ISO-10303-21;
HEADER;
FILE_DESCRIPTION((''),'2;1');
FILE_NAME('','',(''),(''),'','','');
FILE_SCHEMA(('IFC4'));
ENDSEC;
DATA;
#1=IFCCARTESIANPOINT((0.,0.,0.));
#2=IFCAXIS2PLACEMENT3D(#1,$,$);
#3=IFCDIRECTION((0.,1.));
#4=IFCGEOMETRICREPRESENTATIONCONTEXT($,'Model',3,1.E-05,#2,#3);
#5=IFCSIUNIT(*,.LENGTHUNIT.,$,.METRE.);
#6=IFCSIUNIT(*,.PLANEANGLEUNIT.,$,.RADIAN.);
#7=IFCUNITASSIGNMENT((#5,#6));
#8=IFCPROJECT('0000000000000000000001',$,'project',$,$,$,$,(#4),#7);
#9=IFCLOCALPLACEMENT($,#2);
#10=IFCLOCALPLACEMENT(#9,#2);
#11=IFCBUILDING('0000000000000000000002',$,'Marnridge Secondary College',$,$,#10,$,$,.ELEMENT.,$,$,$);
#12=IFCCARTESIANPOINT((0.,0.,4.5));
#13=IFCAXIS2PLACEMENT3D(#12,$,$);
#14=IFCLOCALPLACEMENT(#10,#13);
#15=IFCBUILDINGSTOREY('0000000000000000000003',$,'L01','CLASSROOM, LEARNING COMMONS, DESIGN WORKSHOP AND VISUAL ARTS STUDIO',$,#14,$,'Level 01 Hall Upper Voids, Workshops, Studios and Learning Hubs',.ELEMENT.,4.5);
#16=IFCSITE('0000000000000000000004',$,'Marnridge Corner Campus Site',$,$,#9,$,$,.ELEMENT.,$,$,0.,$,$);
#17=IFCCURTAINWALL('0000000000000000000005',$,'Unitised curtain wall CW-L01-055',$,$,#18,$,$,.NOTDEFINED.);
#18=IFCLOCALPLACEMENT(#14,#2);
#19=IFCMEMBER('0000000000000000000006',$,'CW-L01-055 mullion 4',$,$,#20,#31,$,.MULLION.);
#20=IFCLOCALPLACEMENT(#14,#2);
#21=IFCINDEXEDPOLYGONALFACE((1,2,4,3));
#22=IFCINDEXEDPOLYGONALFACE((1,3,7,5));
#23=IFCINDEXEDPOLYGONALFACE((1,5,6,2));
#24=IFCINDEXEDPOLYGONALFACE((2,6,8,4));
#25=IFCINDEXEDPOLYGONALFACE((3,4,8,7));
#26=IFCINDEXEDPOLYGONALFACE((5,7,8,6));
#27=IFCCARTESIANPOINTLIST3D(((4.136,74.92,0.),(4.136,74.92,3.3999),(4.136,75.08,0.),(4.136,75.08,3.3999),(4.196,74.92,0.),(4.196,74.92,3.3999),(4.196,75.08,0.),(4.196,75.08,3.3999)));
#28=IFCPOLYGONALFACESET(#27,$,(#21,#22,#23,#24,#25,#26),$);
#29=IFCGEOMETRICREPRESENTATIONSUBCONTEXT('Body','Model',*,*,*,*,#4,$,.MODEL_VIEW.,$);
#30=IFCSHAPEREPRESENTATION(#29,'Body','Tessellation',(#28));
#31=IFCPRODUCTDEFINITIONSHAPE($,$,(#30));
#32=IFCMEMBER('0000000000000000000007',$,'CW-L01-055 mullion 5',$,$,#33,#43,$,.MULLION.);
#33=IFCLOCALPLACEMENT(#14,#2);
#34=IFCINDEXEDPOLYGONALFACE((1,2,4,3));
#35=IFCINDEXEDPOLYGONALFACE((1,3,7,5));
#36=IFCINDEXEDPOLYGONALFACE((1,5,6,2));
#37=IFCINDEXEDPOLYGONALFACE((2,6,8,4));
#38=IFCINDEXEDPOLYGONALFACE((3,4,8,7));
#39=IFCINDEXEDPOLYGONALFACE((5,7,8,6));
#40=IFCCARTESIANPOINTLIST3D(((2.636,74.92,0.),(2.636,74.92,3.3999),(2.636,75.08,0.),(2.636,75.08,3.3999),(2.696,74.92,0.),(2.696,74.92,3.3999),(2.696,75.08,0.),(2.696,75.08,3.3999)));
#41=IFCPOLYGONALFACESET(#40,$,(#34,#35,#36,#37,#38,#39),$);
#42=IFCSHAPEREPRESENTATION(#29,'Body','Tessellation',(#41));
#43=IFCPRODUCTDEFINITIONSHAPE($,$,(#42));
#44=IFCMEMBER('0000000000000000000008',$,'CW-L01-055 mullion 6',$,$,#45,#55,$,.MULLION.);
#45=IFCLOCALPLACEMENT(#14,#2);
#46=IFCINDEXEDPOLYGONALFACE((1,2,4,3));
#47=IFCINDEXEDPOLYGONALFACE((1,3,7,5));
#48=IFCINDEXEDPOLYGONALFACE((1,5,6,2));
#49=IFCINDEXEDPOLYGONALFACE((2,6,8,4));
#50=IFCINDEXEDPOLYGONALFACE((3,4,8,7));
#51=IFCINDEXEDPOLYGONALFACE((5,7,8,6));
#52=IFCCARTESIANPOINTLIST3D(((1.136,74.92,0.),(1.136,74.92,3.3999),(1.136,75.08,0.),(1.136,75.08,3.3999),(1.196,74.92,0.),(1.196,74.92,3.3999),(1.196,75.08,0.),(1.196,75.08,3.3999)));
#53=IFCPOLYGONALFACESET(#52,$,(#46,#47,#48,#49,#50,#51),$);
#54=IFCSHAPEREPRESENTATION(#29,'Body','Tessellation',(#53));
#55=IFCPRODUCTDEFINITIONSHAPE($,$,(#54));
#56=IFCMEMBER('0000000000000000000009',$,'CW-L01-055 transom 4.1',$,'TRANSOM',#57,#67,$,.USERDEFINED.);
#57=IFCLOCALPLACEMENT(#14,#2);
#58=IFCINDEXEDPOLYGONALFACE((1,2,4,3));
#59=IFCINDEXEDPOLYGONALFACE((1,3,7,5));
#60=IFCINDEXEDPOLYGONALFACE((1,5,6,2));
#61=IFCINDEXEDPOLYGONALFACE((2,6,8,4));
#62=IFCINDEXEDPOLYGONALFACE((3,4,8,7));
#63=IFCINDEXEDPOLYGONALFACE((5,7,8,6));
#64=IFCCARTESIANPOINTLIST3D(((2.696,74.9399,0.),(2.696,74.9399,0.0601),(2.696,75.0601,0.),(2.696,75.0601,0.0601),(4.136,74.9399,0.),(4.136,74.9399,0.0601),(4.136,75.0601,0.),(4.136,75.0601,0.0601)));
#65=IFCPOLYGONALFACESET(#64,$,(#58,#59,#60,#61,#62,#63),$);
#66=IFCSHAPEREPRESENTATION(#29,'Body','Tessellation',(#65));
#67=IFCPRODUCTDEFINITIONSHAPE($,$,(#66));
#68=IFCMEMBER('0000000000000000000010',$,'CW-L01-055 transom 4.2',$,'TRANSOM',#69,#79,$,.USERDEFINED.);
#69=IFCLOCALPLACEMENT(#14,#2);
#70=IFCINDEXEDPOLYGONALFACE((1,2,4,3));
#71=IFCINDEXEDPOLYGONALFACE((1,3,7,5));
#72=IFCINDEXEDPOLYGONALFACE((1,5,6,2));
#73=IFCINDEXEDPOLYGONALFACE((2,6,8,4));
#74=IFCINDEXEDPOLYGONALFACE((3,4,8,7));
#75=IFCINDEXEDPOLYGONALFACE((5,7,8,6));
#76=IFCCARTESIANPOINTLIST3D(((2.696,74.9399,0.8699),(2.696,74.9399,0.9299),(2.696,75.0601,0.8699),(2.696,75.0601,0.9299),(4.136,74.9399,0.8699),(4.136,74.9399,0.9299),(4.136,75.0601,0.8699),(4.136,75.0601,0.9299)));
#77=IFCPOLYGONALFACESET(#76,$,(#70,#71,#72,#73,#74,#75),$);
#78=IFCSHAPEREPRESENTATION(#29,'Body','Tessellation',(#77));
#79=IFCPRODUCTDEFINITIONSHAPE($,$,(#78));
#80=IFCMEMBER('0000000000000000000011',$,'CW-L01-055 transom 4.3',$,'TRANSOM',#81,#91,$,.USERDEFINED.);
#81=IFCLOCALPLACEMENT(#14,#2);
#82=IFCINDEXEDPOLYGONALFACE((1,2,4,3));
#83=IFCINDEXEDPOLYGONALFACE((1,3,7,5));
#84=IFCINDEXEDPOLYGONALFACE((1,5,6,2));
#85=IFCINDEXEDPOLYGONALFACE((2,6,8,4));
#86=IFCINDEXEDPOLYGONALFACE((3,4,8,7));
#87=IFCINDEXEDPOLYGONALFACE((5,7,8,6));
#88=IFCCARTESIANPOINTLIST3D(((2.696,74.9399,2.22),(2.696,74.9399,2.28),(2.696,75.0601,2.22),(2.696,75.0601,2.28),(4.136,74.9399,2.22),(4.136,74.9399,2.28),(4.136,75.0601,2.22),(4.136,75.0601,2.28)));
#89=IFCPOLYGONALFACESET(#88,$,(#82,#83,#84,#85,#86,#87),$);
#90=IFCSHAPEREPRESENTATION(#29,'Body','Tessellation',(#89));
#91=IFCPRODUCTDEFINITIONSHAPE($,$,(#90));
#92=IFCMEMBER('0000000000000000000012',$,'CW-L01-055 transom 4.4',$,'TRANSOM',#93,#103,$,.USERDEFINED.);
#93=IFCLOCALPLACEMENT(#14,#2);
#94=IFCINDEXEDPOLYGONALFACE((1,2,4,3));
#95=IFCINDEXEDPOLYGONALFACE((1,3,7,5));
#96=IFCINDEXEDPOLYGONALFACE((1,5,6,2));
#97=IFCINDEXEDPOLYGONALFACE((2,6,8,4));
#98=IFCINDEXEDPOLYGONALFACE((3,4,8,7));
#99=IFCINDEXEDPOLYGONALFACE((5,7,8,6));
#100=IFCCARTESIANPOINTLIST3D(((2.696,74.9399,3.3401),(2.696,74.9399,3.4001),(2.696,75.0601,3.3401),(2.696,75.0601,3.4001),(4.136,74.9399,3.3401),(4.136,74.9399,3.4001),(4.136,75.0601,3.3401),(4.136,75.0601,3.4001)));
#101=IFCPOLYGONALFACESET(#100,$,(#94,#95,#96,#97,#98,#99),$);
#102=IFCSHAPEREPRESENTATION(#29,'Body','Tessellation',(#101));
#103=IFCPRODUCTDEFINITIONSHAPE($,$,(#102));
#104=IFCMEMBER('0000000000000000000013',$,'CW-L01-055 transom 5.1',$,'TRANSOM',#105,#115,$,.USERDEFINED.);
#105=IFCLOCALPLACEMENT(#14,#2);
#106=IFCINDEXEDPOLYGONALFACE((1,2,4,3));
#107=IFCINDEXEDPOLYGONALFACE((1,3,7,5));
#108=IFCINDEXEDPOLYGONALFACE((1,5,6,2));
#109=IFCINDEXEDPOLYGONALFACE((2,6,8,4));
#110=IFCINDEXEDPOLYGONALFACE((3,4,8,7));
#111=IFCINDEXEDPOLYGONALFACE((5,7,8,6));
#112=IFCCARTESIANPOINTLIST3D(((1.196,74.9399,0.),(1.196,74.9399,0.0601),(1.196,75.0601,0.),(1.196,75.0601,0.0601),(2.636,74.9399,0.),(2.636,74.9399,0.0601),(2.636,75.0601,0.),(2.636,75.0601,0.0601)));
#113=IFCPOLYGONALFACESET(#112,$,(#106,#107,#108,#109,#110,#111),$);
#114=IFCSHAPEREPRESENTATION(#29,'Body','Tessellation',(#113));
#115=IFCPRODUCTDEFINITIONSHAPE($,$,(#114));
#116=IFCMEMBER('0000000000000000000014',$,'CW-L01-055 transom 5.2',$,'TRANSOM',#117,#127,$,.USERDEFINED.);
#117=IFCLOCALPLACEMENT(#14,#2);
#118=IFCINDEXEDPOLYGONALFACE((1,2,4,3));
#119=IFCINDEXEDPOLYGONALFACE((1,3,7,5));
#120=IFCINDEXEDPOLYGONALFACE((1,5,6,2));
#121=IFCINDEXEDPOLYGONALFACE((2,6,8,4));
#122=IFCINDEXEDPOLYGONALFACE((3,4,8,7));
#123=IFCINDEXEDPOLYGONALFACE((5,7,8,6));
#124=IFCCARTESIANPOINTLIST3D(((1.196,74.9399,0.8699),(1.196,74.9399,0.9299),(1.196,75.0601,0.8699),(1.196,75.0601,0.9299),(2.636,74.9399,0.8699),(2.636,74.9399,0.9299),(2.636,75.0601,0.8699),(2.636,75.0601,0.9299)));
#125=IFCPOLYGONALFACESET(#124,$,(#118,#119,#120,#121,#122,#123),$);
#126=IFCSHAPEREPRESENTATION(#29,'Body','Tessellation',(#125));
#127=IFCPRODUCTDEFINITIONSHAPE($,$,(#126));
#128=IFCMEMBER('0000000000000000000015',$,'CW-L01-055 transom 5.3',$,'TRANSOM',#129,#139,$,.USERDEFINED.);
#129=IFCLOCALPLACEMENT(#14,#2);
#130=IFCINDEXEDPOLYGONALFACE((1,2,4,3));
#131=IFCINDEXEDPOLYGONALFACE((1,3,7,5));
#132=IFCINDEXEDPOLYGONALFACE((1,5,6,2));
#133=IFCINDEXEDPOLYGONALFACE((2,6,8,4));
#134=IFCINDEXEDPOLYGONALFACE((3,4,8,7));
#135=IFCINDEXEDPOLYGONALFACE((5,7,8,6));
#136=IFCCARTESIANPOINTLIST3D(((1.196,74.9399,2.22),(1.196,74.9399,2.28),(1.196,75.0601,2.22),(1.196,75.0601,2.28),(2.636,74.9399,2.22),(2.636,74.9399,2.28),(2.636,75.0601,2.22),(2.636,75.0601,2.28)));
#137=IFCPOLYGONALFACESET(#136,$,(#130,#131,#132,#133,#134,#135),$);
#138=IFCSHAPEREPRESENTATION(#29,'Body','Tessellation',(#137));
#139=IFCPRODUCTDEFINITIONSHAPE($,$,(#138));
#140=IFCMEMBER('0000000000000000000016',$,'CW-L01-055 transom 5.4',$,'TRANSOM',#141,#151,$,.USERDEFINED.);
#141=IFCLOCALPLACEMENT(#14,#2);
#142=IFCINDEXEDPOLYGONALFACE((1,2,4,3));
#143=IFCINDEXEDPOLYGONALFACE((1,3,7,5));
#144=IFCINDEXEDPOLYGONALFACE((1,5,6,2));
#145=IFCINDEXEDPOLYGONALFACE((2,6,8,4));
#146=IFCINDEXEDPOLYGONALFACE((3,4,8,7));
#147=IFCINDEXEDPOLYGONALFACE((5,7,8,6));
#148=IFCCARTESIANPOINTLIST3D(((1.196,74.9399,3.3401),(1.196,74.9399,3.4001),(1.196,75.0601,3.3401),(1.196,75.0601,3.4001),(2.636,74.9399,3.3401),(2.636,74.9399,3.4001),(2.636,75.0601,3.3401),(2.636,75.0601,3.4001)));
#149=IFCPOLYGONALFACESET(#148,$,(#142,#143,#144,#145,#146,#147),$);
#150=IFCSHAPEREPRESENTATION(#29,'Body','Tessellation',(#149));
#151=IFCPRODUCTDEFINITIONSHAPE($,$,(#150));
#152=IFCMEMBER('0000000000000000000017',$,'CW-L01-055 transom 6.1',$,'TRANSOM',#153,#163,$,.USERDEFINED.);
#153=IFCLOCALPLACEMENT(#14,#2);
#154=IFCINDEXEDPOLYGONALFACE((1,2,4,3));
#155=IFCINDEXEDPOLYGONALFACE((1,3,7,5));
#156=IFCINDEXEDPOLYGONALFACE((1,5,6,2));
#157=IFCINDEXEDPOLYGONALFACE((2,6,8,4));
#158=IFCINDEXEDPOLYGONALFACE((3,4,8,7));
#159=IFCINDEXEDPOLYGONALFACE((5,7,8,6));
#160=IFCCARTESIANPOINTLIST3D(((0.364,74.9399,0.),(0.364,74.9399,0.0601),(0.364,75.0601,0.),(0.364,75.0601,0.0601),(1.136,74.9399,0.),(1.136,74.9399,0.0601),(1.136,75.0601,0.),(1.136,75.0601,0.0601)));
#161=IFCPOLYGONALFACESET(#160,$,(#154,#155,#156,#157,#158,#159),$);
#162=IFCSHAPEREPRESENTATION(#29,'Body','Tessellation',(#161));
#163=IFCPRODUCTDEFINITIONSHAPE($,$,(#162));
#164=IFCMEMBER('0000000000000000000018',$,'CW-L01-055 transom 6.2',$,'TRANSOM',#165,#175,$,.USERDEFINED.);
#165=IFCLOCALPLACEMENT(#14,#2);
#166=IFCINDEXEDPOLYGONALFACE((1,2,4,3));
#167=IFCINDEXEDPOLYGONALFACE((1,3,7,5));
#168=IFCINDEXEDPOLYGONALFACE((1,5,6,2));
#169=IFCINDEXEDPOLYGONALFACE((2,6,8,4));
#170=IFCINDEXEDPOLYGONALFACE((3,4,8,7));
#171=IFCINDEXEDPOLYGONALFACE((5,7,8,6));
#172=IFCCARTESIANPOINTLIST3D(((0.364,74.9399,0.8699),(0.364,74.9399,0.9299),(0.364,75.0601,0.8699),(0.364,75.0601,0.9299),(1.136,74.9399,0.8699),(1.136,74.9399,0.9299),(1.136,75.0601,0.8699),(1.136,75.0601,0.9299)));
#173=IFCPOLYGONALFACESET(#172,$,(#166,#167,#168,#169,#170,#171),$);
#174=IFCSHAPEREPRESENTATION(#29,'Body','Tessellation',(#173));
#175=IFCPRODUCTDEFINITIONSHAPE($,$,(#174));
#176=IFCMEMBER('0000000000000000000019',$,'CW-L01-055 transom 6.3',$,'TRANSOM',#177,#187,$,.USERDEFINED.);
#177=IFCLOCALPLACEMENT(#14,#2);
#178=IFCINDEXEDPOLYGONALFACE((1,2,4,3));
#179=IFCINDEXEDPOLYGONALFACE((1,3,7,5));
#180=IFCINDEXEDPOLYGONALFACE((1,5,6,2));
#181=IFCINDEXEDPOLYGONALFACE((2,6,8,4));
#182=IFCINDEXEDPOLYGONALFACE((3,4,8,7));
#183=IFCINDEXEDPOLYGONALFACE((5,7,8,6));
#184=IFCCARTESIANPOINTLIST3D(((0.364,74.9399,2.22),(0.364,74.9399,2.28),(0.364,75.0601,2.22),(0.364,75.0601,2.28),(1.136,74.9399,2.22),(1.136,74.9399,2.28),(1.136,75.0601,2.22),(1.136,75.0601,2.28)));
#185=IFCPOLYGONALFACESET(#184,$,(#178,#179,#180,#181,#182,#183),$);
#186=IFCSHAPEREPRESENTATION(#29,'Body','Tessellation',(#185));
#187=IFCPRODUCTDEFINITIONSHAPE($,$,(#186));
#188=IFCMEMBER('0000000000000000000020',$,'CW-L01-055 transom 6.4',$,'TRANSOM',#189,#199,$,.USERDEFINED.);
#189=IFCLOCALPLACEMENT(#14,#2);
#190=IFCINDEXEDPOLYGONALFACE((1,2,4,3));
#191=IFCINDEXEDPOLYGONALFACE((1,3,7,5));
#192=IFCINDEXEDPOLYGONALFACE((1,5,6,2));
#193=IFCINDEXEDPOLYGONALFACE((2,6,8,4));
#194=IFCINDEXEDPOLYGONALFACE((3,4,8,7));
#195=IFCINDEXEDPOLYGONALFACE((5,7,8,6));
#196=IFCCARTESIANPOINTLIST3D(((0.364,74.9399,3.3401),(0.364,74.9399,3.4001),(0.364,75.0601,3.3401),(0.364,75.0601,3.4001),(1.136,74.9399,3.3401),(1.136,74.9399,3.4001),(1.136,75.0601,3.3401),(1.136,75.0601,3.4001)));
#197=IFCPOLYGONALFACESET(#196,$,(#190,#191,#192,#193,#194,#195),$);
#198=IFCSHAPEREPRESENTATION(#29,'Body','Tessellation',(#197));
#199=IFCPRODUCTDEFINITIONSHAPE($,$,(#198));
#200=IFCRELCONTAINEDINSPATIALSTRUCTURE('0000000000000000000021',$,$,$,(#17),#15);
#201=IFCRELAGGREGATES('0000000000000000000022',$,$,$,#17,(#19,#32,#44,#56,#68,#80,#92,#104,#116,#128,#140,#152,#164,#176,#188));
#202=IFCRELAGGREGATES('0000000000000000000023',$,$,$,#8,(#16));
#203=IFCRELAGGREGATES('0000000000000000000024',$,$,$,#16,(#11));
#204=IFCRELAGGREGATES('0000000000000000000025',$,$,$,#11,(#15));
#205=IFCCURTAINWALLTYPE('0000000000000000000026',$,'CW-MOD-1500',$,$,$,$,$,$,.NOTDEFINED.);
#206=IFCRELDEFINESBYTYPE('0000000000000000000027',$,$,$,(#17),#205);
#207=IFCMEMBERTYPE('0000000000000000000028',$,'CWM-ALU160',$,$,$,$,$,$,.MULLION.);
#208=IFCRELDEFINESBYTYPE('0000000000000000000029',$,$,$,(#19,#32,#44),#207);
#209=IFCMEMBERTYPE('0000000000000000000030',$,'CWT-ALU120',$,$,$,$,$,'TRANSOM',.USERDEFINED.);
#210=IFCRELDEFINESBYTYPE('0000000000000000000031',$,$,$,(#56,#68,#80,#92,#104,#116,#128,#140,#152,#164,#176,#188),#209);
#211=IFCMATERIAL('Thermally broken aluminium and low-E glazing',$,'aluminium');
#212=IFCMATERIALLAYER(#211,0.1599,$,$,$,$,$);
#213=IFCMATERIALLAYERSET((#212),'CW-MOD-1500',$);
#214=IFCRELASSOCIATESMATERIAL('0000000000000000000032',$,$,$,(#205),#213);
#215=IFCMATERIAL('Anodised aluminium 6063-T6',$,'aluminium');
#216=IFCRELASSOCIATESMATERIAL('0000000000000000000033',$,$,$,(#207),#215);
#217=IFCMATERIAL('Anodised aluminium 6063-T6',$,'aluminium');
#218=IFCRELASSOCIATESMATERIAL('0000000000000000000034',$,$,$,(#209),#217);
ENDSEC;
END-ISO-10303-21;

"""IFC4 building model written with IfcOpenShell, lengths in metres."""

from ifc_helpers import new_model, si_unit, direction, frame, origin, origin_2d, place, context, subcontext, project, spatial, rectangle, extrude, material, layer, layer_set, material_profile, profile_set, type_object, element, aggregate, save


model = new_model("IFC4")

# Units and contexts
model_context = context("Model", 3, precision=1e-05, world=origin(), true_north=direction((0.0, 1.0)))
body_context = subcontext(model_context, "Body", "Model", "MODEL_VIEW")
ifc_project = project(units=[si_unit("LENGTHUNIT", "METRE"), si_unit("PLANEANGLEUNIT", "RADIAN")], contexts=[model_context])

# Site, building, storey
site_placement = place(None, origin())
site = spatial("IfcSite", under=ifc_project, at=site_placement, Name="Marnridge Corner Campus Site", CompositionType="ELEMENT", RefElevation=0.0)
building_placement = place(site_placement, origin())
building = spatial("IfcBuilding", under=site, at=building_placement, Name="Marnridge Secondary College", CompositionType="ELEMENT")
storey_placement = place(building_placement, frame((0.0, 0.0, 4.5)))
storey = spatial("IfcBuildingStorey", under=building, at=storey_placement, Name="L01", Description="CLASSROOM, LEARNING COMMONS, DESIGN WORKSHOP AND VISUAL ARTS STUDIO", LongName="Level 01 Hall Upper Voids, Workshops, Studios and Learning Hubs", CompositionType="ELEMENT", Elevation=4.5)

# Curtain wall, members
ifc_material_1 = material(Name="Thermally broken aluminium and low-E glazing", Category="aluminium")
ifc_layer_1 = layer(ifc_material_1, 0.1599)
ifc_layer_set_1 = layer_set([ifc_layer_1], Name="CW-MOD-1500")
curtain_wall_type = type_object("IfcCurtainWallType", Name="CW-MOD-1500", PredefinedType="NOTDEFINED", material=ifc_layer_set_1)
curtain_wall_placement = place(storey_placement, origin())
curtain_wall = element("IfcCurtainWall", 1, at=curtain_wall_placement, inside=storey, type_object=curtain_wall_type, Name="Unitised curtain wall CW-L01-055", PredefinedType="NOTDEFINED")
ifc_material_2 = material(Name="Anodised aluminium 6063-T6", Category="aluminium")
ifc_material_profile_1 = material_profile(ifc_material_2, rectangle(XDim=0.0601, YDim=0.1599, at=origin_2d()), Name="ALU 60x160")
ifc_profile_set_1 = profile_set([ifc_material_profile_1], Name="Anodised aluminium 6063-T6")
member_type_1 = type_object("IfcMemberType", Name="CWM-ALU160", PredefinedType="MULLION", material=ifc_profile_set_1)
member_1_placement = place(storey_placement, frame((4.166, 75.0, 0.0), z_axis=(0.0, 0.0, 1.0), x_axis=(-1.0, 0.0, 0.0)))
member_1 = element("IfcMember", 2, at=member_1_placement, type_object=member_type_1, Name="CW-L01-055 mullion 4", PredefinedType="MULLION", context=body_context, shape_type="SweptSolid", body=[
    extrude(rectangle(XDim=0.0601, YDim=0.1599, at=origin_2d()), origin(), (0.0, 0.0, 1.0), 3.3999),
])
member_2_placement = place(storey_placement, frame((2.666, 75.0, 0.0), z_axis=(0.0, 0.0, 1.0), x_axis=(-1.0, 0.0, 0.0)))
member_2 = element("IfcMember", 3, at=member_2_placement, type_object=member_type_1, Name="CW-L01-055 mullion 5", PredefinedType="MULLION", context=body_context, shape_type="SweptSolid", body=[
    extrude(rectangle(XDim=0.0601, YDim=0.1599, at=origin_2d()), origin(), (0.0, 0.0, 1.0), 3.3999),
])
member_3_placement = place(storey_placement, frame((1.166, 75.0, 0.0), z_axis=(0.0, 0.0, 1.0), x_axis=(-1.0, 0.0, 0.0)))
member_3 = element("IfcMember", 4, at=member_3_placement, type_object=member_type_1, Name="CW-L01-055 mullion 6", PredefinedType="MULLION", context=body_context, shape_type="SweptSolid", body=[
    extrude(rectangle(XDim=0.0601, YDim=0.1599, at=origin_2d()), origin(), (0.0, 0.0, 1.0), 3.3999),
])
ifc_material_3 = material(Name="Anodised aluminium 6063-T6", Category="aluminium")
ifc_material_profile_2 = material_profile(ifc_material_3, rectangle(XDim=0.0601, YDim=0.1201, at=origin_2d()), Name="ALU 60x120")
ifc_profile_set_2 = profile_set([ifc_material_profile_2], Name="Anodised aluminium 6063-T6")
member_type_2 = type_object("IfcMemberType", Name="CWT-ALU120", ElementType="TRANSOM", PredefinedType="USERDEFINED", material=ifc_profile_set_2)
member_4_placement = place(storey_placement, frame((4.136, 75.0, 0.03), z_axis=(-1.0, 0.0, 0.0), x_axis=(0.0, 0.0, 1.0)))
member_4 = element("IfcMember", 5, at=member_4_placement, type_object=member_type_2, Name="CW-L01-055 transom 4.1", ObjectType="TRANSOM", PredefinedType="USERDEFINED", context=body_context, shape_type="SweptSolid", body=[
    extrude(rectangle(XDim=0.0601, YDim=0.1201, at=origin_2d()), origin(), (0.0, 0.0, 1.0), 1.4399),
])
member_5_placement = place(storey_placement, frame((4.136, 75.0, 0.8999), z_axis=(-1.0, 0.0, 0.0), x_axis=(0.0, 0.0, 1.0)))
member_5 = element("IfcMember", 6, at=member_5_placement, type_object=member_type_2, Name="CW-L01-055 transom 4.2", ObjectType="TRANSOM", PredefinedType="USERDEFINED", context=body_context, shape_type="SweptSolid", body=[
    extrude(rectangle(XDim=0.0601, YDim=0.1201, at=origin_2d()), origin(), (0.0, 0.0, 1.0), 1.4399),
])
member_6_placement = place(storey_placement, frame((4.136, 75.0, 2.25), z_axis=(-1.0, 0.0, 0.0), x_axis=(0.0, 0.0, 1.0)))
member_6 = element("IfcMember", 7, at=member_6_placement, type_object=member_type_2, Name="CW-L01-055 transom 4.3", ObjectType="TRANSOM", PredefinedType="USERDEFINED", context=body_context, shape_type="SweptSolid", body=[
    extrude(rectangle(XDim=0.0601, YDim=0.1201, at=origin_2d()), origin(), (0.0, 0.0, 1.0), 1.4399),
])
member_7_placement = place(storey_placement, frame((4.136, 75.0, 3.3701), z_axis=(-1.0, 0.0, 0.0), x_axis=(0.0, 0.0, 1.0)))
member_7 = element("IfcMember", 8, at=member_7_placement, type_object=member_type_2, Name="CW-L01-055 transom 4.4", ObjectType="TRANSOM", PredefinedType="USERDEFINED", context=body_context, shape_type="SweptSolid", body=[
    extrude(rectangle(XDim=0.0601, YDim=0.1201, at=origin_2d()), origin(), (0.0, 0.0, 1.0), 1.4399),
])
member_8_placement = place(storey_placement, frame((2.636, 75.0, 0.03), z_axis=(-1.0, 0.0, 0.0), x_axis=(0.0, 0.0, 1.0)))
member_8 = element("IfcMember", 9, at=member_8_placement, type_object=member_type_2, Name="CW-L01-055 transom 5.1", ObjectType="TRANSOM", PredefinedType="USERDEFINED", context=body_context, shape_type="SweptSolid", body=[
    extrude(rectangle(XDim=0.0601, YDim=0.1201, at=origin_2d()), origin(), (0.0, 0.0, 1.0), 1.4399),
])
member_9_placement = place(storey_placement, frame((2.636, 75.0, 0.8999), z_axis=(-1.0, 0.0, 0.0), x_axis=(0.0, 0.0, 1.0)))
member_9 = element("IfcMember", 10, at=member_9_placement, type_object=member_type_2, Name="CW-L01-055 transom 5.2", ObjectType="TRANSOM", PredefinedType="USERDEFINED", context=body_context, shape_type="SweptSolid", body=[
    extrude(rectangle(XDim=0.0601, YDim=0.1201, at=origin_2d()), origin(), (0.0, 0.0, 1.0), 1.4399),
])
member_10_placement = place(storey_placement, frame((2.636, 75.0, 2.25), z_axis=(-1.0, 0.0, 0.0), x_axis=(0.0, 0.0, 1.0)))
member_10 = element("IfcMember", 11, at=member_10_placement, type_object=member_type_2, Name="CW-L01-055 transom 5.3", ObjectType="TRANSOM", PredefinedType="USERDEFINED", context=body_context, shape_type="SweptSolid", body=[
    extrude(rectangle(XDim=0.0601, YDim=0.1201, at=origin_2d()), origin(), (0.0, 0.0, 1.0), 1.4399),
])
member_11_placement = place(storey_placement, frame((2.636, 75.0, 3.3701), z_axis=(-1.0, 0.0, 0.0), x_axis=(0.0, 0.0, 1.0)))
member_11 = element("IfcMember", 12, at=member_11_placement, type_object=member_type_2, Name="CW-L01-055 transom 5.4", ObjectType="TRANSOM", PredefinedType="USERDEFINED", context=body_context, shape_type="SweptSolid", body=[
    extrude(rectangle(XDim=0.0601, YDim=0.1201, at=origin_2d()), origin(), (0.0, 0.0, 1.0), 1.4399),
])
member_12_placement = place(storey_placement, frame((1.136, 75.0, 0.03), z_axis=(-1.0, 0.0, 0.0), x_axis=(0.0, 0.0, 1.0)))
member_12 = element("IfcMember", 13, at=member_12_placement, type_object=member_type_2, Name="CW-L01-055 transom 6.1", ObjectType="TRANSOM", PredefinedType="USERDEFINED", context=body_context, shape_type="SweptSolid", body=[
    extrude(rectangle(XDim=0.0601, YDim=0.1201, at=origin_2d()), origin(), (0.0, 0.0, 1.0), 0.772),
])
member_13_placement = place(storey_placement, frame((1.136, 75.0, 0.8999), z_axis=(-1.0, 0.0, 0.0), x_axis=(0.0, 0.0, 1.0)))
member_13 = element("IfcMember", 14, at=member_13_placement, type_object=member_type_2, Name="CW-L01-055 transom 6.2", ObjectType="TRANSOM", PredefinedType="USERDEFINED", context=body_context, shape_type="SweptSolid", body=[
    extrude(rectangle(XDim=0.0601, YDim=0.1201, at=origin_2d()), origin(), (0.0, 0.0, 1.0), 0.772),
])
member_14_placement = place(storey_placement, frame((1.136, 75.0, 2.25), z_axis=(-1.0, 0.0, 0.0), x_axis=(0.0, 0.0, 1.0)))
member_14 = element("IfcMember", 15, at=member_14_placement, type_object=member_type_2, Name="CW-L01-055 transom 6.3", ObjectType="TRANSOM", PredefinedType="USERDEFINED", context=body_context, shape_type="SweptSolid", body=[
    extrude(rectangle(XDim=0.0601, YDim=0.1201, at=origin_2d()), origin(), (0.0, 0.0, 1.0), 0.772),
])
member_15_placement = place(storey_placement, frame((1.136, 75.0, 3.3701), z_axis=(-1.0, 0.0, 0.0), x_axis=(0.0, 0.0, 1.0)))
member_15 = element("IfcMember", 16, at=member_15_placement, type_object=member_type_2, Name="CW-L01-055 transom 6.4", ObjectType="TRANSOM", PredefinedType="USERDEFINED", context=body_context, shape_type="SweptSolid", body=[
    extrude(rectangle(XDim=0.0601, YDim=0.1201, at=origin_2d()), origin(), (0.0, 0.0, 1.0), 0.772),
])
aggregate(curtain_wall, [member_1, member_2, member_3, member_4, member_5, member_6, member_7, member_8, member_9, member_10, member_11, member_12, member_13, member_14, member_15])

save(model, "model.ifc")
